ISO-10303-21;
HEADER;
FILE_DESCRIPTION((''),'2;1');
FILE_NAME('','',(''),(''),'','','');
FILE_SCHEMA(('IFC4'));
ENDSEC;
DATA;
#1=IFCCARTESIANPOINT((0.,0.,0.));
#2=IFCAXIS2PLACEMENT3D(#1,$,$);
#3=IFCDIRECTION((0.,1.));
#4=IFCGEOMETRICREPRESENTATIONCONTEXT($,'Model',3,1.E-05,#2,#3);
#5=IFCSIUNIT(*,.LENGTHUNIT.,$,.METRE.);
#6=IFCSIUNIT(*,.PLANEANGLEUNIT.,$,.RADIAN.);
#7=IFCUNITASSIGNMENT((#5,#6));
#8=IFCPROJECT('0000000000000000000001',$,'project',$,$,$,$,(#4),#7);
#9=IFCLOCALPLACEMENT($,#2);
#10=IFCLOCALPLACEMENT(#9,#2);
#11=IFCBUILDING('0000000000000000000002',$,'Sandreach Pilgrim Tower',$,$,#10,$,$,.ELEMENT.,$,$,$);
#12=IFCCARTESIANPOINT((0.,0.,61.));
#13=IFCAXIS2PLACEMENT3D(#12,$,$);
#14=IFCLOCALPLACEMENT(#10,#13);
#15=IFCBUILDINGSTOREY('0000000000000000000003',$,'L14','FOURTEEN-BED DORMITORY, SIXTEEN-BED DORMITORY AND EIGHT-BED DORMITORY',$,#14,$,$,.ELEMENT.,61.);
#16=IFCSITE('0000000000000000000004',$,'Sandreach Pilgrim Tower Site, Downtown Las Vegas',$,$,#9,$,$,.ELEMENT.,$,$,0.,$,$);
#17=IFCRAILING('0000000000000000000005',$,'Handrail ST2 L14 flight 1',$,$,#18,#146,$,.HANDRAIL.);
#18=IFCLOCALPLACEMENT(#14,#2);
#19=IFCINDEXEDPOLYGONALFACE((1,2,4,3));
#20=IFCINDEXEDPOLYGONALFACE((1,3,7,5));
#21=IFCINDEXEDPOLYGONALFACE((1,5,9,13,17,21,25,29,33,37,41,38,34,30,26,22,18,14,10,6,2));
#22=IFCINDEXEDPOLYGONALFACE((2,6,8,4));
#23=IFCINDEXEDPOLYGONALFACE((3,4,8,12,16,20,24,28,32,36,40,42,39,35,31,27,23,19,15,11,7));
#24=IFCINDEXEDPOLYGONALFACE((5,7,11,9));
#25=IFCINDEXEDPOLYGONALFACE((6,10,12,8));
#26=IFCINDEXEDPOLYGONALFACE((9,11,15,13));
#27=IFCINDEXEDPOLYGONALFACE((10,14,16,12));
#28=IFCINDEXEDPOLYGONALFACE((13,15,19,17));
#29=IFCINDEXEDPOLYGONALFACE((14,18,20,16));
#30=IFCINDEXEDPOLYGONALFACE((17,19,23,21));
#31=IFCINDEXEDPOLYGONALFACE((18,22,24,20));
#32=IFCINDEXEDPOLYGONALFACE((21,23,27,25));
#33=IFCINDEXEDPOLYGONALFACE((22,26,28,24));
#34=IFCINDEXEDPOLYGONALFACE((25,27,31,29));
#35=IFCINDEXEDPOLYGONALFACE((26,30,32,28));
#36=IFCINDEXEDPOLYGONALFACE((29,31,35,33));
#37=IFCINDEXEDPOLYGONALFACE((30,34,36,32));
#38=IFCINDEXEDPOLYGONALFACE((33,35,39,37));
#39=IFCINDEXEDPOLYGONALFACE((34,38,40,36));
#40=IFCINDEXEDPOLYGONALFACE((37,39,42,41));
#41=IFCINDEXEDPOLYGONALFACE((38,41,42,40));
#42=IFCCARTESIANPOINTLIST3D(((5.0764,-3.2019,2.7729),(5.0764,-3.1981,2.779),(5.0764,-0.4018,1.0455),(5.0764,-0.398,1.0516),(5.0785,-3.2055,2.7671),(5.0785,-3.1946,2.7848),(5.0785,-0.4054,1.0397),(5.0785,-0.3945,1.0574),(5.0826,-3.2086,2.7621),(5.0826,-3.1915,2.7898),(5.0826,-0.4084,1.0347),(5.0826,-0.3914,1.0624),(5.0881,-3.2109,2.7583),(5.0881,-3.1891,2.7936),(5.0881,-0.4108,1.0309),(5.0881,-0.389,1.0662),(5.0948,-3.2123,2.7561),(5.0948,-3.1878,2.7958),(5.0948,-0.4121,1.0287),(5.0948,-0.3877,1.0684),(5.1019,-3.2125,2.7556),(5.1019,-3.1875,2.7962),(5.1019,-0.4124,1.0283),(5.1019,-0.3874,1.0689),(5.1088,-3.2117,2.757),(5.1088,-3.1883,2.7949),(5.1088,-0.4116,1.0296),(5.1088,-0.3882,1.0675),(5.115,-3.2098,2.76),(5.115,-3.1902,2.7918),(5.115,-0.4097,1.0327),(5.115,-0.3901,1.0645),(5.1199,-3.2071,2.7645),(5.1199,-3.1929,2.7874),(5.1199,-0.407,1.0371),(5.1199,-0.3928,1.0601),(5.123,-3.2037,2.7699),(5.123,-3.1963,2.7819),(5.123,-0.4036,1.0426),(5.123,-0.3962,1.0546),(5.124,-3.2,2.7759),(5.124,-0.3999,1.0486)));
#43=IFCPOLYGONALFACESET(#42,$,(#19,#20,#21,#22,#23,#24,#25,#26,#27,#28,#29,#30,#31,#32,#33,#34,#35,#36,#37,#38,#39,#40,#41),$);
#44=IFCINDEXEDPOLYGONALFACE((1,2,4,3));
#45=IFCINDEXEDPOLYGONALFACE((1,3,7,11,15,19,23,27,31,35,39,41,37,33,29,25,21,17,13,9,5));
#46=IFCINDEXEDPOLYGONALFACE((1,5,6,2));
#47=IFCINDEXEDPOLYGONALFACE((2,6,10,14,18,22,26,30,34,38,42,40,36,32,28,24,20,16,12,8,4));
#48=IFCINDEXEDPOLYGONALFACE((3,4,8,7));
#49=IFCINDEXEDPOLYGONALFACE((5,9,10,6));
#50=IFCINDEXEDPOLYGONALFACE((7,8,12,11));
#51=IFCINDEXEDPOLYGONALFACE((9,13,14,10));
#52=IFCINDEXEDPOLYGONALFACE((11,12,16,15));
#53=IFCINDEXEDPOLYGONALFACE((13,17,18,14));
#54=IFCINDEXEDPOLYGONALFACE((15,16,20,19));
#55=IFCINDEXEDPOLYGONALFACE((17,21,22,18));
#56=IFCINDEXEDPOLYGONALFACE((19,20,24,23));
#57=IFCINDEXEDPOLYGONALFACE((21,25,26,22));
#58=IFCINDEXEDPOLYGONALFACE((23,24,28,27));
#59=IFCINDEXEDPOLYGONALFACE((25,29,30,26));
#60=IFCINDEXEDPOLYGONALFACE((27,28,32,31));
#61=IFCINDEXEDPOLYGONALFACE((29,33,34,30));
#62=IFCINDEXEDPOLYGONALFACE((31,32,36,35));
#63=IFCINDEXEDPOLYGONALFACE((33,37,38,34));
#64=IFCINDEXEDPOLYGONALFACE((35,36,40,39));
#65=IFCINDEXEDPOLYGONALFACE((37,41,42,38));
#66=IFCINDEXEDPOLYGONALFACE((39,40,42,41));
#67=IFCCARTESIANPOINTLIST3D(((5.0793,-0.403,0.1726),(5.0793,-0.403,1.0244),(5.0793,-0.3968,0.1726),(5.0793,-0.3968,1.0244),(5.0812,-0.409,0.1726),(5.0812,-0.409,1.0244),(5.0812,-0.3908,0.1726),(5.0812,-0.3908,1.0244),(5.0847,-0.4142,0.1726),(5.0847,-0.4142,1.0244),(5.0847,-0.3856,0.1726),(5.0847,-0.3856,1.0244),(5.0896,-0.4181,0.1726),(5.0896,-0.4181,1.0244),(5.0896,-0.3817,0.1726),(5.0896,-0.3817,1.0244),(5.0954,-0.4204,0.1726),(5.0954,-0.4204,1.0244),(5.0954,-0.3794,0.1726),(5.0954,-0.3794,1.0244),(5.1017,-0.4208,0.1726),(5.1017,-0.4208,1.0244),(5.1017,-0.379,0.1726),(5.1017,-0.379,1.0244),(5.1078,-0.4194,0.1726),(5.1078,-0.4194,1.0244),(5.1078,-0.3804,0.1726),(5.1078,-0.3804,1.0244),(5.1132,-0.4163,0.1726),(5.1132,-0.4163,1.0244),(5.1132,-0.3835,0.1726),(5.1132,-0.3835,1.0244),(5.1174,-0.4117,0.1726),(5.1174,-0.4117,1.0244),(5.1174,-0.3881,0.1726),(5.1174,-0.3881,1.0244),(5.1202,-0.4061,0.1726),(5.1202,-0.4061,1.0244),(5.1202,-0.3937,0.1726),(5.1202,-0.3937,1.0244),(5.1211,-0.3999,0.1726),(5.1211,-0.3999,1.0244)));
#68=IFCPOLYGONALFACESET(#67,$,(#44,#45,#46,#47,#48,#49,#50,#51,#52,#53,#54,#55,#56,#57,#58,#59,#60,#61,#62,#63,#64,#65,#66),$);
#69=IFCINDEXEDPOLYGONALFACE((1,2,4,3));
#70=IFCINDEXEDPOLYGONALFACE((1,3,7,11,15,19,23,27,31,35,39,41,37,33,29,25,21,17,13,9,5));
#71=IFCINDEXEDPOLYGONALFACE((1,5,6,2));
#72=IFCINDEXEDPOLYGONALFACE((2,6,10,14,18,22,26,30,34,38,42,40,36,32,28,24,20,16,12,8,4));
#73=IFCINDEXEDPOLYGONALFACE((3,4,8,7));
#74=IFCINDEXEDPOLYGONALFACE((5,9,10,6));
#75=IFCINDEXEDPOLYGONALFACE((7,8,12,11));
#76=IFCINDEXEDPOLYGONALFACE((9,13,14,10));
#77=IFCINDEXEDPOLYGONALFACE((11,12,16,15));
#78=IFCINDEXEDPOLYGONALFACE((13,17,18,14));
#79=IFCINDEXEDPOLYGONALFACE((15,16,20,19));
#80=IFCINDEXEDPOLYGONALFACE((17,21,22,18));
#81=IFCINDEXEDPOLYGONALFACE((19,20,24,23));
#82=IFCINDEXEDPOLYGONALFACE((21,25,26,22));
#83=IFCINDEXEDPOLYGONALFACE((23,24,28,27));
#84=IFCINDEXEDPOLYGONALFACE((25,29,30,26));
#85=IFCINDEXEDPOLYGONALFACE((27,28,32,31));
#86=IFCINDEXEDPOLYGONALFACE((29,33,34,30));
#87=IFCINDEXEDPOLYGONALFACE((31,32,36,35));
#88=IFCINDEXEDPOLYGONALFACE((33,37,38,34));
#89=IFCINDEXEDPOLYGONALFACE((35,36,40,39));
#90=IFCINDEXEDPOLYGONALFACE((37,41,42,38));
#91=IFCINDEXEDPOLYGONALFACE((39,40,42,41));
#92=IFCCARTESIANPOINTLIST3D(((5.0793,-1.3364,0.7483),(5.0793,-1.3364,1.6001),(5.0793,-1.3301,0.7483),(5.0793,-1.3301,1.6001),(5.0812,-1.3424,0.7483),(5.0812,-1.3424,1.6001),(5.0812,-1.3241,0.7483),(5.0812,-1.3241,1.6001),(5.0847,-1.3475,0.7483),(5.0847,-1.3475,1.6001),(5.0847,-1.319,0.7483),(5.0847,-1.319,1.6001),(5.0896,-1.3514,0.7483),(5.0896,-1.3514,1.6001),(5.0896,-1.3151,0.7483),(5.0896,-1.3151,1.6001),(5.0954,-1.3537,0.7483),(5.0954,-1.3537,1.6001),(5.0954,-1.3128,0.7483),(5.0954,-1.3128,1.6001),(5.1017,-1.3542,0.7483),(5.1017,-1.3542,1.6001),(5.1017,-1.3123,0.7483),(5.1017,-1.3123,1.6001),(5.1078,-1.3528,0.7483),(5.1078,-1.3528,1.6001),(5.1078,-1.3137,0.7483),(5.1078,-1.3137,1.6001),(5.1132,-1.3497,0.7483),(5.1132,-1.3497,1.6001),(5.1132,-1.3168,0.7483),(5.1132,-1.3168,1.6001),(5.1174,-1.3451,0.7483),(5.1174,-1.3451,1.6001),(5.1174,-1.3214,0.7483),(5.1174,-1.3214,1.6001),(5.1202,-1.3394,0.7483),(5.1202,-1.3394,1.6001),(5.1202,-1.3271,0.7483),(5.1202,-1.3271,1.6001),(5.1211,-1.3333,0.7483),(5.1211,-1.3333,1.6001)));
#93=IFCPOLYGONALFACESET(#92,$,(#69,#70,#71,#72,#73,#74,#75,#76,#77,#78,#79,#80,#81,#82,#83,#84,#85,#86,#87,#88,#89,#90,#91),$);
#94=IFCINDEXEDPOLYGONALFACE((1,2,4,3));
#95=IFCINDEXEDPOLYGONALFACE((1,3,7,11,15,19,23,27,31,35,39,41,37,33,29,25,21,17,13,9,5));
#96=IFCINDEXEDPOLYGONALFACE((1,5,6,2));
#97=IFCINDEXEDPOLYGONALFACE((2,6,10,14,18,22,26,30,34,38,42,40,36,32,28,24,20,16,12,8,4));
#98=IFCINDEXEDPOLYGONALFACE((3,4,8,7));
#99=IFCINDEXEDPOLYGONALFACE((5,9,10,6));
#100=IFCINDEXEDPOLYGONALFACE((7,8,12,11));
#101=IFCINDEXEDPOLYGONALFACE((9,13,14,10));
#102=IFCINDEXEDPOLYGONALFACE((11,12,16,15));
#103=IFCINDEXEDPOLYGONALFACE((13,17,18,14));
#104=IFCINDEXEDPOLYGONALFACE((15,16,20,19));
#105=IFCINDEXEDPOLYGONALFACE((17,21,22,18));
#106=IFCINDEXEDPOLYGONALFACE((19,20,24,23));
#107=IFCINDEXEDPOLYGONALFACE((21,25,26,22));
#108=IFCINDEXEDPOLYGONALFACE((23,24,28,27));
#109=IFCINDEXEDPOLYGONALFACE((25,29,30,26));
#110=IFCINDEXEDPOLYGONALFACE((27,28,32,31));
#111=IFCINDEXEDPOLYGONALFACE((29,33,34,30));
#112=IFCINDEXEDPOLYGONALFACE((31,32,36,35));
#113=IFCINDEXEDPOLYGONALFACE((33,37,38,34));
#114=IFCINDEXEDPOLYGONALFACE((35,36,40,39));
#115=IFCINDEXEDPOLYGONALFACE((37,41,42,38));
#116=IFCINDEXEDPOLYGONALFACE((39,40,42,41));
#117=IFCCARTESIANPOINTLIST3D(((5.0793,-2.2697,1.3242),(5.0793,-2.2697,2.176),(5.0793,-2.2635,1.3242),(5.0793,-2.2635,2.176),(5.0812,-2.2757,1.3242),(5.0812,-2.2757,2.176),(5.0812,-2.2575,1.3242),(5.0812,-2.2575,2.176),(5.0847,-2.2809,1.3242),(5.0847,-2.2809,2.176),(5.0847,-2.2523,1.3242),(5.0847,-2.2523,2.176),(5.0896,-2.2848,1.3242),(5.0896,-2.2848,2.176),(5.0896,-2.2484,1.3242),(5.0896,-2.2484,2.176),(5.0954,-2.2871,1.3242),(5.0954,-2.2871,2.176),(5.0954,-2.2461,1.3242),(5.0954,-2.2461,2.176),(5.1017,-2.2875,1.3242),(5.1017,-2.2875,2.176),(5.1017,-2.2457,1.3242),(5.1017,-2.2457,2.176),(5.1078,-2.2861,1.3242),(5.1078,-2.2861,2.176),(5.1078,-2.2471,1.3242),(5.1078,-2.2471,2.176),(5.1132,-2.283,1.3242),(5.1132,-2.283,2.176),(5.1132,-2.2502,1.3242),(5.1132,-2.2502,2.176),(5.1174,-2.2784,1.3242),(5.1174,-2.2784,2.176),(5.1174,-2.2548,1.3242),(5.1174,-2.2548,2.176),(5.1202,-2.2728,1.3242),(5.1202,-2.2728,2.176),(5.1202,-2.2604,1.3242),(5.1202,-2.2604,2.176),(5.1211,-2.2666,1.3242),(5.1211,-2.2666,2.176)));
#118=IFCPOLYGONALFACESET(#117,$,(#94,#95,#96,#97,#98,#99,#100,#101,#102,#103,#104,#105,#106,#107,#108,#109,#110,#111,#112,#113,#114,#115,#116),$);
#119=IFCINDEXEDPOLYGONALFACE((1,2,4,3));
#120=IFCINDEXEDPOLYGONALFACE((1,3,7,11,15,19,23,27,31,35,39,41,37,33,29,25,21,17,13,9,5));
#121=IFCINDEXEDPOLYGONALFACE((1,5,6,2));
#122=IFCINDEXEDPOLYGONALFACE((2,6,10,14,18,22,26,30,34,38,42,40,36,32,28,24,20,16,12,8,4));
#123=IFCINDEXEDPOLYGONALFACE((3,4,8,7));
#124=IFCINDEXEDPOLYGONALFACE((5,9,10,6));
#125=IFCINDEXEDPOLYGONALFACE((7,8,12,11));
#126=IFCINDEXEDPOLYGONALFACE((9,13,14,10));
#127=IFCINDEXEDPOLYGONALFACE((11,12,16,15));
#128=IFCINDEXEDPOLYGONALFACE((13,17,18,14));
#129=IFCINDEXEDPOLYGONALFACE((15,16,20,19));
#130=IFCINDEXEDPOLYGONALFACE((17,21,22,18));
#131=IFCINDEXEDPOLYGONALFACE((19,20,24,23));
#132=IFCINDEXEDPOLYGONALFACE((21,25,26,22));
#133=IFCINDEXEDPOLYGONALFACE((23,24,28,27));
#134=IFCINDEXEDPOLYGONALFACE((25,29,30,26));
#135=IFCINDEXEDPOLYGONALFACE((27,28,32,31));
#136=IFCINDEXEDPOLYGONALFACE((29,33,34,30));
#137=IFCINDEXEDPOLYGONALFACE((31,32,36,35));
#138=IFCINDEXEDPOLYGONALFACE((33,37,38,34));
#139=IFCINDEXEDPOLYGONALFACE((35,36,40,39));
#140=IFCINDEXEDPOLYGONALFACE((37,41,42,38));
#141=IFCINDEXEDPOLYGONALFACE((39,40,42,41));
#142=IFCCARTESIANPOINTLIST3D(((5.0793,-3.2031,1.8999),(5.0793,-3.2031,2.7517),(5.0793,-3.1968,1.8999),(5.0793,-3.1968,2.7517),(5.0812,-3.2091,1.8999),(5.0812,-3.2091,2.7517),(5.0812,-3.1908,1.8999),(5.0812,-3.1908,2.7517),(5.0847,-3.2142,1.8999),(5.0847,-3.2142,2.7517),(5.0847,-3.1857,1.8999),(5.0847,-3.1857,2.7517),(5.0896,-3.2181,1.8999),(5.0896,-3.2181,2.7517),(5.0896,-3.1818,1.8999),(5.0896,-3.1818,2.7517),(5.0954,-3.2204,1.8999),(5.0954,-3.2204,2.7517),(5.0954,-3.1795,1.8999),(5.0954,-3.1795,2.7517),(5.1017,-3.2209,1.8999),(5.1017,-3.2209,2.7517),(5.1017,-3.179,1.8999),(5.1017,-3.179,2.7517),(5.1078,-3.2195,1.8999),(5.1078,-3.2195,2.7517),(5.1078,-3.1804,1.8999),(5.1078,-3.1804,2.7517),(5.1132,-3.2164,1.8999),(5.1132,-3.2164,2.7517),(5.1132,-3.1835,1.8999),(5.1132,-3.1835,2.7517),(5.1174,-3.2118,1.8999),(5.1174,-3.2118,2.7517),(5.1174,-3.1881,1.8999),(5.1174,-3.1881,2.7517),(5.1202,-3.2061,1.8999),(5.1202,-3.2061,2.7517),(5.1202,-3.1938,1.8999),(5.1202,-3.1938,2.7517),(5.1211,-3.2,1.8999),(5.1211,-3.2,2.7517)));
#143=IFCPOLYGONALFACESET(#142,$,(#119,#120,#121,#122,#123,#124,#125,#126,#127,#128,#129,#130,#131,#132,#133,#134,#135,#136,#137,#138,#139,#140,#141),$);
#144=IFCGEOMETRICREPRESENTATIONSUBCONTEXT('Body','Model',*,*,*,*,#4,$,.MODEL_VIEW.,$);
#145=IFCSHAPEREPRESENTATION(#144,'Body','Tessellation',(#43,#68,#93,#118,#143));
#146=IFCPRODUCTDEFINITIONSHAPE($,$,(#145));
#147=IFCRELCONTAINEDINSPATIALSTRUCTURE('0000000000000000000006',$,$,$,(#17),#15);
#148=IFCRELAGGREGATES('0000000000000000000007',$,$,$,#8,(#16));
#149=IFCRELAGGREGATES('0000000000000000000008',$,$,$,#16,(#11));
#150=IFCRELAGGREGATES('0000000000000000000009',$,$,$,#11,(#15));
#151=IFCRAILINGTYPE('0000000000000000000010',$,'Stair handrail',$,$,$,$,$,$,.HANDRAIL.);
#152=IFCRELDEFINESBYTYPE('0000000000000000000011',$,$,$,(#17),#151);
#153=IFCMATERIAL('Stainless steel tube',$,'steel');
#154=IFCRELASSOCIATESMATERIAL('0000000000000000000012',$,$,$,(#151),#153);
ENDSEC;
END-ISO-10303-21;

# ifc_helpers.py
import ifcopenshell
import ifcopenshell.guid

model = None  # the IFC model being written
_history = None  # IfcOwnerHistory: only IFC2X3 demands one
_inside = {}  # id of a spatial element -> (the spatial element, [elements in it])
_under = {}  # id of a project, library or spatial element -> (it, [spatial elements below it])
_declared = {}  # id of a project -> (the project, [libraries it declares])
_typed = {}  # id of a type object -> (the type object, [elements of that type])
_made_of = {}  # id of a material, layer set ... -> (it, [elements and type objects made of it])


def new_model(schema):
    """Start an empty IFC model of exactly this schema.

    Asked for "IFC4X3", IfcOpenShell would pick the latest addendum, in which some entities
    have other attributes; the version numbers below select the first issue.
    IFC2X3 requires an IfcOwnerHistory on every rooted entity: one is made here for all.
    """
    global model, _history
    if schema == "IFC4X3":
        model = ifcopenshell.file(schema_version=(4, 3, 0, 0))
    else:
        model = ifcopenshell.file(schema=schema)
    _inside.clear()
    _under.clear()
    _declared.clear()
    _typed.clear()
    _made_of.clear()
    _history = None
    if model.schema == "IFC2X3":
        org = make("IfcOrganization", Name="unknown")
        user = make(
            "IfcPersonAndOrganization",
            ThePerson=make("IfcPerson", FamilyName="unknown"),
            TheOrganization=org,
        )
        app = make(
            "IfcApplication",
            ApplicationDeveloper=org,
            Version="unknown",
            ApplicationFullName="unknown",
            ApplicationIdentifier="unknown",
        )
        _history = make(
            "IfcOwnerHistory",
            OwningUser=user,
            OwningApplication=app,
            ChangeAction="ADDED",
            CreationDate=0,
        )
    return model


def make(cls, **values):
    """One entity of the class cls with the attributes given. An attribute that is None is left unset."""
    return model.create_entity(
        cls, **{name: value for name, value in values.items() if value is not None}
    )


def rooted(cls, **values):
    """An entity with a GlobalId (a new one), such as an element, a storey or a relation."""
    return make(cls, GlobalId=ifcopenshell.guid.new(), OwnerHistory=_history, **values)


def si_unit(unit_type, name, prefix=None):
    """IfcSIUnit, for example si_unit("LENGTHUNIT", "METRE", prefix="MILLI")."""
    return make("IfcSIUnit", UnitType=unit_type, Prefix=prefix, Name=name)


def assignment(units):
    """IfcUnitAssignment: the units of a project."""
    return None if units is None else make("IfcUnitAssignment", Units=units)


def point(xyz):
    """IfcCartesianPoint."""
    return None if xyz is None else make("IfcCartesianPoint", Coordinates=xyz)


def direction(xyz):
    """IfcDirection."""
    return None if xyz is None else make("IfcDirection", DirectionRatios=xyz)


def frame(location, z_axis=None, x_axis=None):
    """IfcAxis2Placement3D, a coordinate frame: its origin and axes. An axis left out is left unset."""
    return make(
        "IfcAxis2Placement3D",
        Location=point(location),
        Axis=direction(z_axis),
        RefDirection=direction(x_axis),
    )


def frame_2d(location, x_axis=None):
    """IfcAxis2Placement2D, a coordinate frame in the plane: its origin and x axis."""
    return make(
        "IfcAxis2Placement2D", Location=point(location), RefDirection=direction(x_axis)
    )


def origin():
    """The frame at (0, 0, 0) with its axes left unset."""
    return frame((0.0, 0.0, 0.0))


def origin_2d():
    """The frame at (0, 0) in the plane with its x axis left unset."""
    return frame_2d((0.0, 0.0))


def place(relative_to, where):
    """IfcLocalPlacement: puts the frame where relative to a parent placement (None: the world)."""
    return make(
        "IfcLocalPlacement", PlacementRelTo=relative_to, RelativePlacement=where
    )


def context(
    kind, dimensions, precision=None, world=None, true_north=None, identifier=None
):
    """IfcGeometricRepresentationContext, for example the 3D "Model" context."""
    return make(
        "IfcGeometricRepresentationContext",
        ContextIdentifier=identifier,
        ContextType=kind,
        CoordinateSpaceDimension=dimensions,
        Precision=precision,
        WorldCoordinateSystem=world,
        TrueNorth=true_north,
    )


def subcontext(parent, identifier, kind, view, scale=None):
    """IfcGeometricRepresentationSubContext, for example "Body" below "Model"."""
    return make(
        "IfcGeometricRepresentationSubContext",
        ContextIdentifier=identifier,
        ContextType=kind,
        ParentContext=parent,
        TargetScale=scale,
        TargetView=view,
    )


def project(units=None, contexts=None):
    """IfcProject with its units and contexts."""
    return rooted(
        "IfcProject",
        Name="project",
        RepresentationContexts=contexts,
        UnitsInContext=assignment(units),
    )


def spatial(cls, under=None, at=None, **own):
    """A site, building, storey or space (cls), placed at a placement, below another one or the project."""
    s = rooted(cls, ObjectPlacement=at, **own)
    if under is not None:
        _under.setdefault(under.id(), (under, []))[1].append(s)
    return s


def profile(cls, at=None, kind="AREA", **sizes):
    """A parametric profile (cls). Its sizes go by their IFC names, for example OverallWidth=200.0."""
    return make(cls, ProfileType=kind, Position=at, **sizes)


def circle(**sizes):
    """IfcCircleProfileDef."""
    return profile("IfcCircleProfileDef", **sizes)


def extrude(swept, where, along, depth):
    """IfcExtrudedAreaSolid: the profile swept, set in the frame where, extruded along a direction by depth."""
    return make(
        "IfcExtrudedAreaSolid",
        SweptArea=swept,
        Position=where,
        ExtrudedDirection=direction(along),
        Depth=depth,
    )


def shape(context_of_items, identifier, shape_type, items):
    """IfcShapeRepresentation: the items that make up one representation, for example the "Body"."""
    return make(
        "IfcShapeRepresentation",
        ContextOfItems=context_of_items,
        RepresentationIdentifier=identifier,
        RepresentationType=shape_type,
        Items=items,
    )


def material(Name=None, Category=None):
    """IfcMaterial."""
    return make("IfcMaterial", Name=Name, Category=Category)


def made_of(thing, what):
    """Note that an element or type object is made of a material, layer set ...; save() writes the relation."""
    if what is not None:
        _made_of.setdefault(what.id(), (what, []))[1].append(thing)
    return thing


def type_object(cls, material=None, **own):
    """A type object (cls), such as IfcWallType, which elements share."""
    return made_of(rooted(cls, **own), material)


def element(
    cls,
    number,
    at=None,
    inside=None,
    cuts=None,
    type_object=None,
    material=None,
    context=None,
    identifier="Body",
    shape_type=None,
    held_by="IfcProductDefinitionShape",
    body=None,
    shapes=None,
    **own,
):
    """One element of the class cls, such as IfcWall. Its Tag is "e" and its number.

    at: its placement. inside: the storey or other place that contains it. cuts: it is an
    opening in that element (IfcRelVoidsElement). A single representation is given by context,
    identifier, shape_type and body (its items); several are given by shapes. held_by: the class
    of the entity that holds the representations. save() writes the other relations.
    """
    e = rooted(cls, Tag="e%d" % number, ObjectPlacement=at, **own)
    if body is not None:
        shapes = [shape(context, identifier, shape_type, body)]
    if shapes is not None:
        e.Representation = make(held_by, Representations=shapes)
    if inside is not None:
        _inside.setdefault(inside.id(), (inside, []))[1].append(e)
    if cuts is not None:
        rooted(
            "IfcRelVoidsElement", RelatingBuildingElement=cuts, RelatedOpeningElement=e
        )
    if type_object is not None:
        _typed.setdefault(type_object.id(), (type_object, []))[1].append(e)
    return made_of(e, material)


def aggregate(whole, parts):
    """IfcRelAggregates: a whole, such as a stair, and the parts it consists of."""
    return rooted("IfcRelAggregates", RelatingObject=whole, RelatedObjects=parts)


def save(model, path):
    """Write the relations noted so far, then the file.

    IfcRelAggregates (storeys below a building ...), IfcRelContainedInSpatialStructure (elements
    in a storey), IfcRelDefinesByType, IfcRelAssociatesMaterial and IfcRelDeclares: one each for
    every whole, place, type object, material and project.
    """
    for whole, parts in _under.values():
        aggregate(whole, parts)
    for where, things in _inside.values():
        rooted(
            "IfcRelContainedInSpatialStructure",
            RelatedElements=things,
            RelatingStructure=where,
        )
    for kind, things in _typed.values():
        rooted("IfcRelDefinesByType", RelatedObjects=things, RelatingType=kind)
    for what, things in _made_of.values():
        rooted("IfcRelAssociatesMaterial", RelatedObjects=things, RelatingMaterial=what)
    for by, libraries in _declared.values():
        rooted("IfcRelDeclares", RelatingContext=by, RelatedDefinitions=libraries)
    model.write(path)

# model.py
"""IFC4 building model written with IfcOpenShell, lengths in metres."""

from ifc_helpers import new_model, si_unit, direction, frame, origin, origin_2d, place, context, subcontext, project, spatial, circle, extrude, material, type_object, element, save


model = new_model("IFC4")

# Units and contexts
model_context = context("Model", 3, precision=1e-05, world=origin(), true_north=direction((0.0, 1.0)))
body_context = subcontext(model_context, "Body", "Model", "MODEL_VIEW")
ifc_project = project(units=[si_unit("LENGTHUNIT", "METRE"), si_unit("PLANEANGLEUNIT", "RADIAN")], contexts=[model_context])

# Site, building, storey
site_placement = place(None, origin())
site = spatial("IfcSite", under=ifc_project, at=site_placement, Name="Sandreach Pilgrim Tower Site, Downtown Las Vegas", CompositionType="ELEMENT", RefElevation=0.0)
building_placement = place(site_placement, origin())
building = spatial("IfcBuilding", under=site, at=building_placement, Name="Sandreach Pilgrim Tower", CompositionType="ELEMENT")
storey_placement = place(building_placement, frame((0.0, 0.0, 61.0)))
storey = spatial("IfcBuildingStorey", under=building, at=storey_placement, Name="L14", Description="FOURTEEN-BED DORMITORY, SIXTEEN-BED DORMITORY AND EIGHT-BED DORMITORY", CompositionType="ELEMENT", Elevation=61.0)

# Railing
ifc_material_1 = material(Name="Stainless steel tube", Category="steel")
railing_type = type_object("IfcRailingType", Name="Stair handrail", PredefinedType="HANDRAIL", material=ifc_material_1)
railing_placement = place(storey_placement, frame((5.1001, -0.3999, 0.1726)))
element("IfcRailing", 1, at=railing_placement, inside=storey, type_object=railing_type, Name="Handrail ST2 L14 flight 1", PredefinedType="HANDRAIL", context=body_context, shape_type="SweptSolid", body=[
    extrude(circle(Radius=0.0239, at=origin_2d()), frame((0.0, 0.0, 0.876), z_axis=(0.0, -0.85109, 0.52502), x_axis=(1.0, 0.0, 0.0)), (0.0, 0.0, 1.0), 3.29),
    extrude(circle(Radius=0.021, at=origin_2d()), origin(), (0.0, 0.0, 1.0), 0.8518),
    extrude(circle(Radius=0.021, at=origin_2d()), frame((0.0, -0.9333, 0.5757)), (0.0, 0.0, 1.0), 0.8518),
    extrude(circle(Radius=0.021, at=origin_2d()), frame((0.0, -1.8667, 1.1516)), (0.0, 0.0, 1.0), 0.8518),
    extrude(circle(Radius=0.021, at=origin_2d()), frame((0.0, -2.8, 1.7273)), (0.0, 0.0, 1.0), 0.8518),
])

save(model, "model.ifc")
